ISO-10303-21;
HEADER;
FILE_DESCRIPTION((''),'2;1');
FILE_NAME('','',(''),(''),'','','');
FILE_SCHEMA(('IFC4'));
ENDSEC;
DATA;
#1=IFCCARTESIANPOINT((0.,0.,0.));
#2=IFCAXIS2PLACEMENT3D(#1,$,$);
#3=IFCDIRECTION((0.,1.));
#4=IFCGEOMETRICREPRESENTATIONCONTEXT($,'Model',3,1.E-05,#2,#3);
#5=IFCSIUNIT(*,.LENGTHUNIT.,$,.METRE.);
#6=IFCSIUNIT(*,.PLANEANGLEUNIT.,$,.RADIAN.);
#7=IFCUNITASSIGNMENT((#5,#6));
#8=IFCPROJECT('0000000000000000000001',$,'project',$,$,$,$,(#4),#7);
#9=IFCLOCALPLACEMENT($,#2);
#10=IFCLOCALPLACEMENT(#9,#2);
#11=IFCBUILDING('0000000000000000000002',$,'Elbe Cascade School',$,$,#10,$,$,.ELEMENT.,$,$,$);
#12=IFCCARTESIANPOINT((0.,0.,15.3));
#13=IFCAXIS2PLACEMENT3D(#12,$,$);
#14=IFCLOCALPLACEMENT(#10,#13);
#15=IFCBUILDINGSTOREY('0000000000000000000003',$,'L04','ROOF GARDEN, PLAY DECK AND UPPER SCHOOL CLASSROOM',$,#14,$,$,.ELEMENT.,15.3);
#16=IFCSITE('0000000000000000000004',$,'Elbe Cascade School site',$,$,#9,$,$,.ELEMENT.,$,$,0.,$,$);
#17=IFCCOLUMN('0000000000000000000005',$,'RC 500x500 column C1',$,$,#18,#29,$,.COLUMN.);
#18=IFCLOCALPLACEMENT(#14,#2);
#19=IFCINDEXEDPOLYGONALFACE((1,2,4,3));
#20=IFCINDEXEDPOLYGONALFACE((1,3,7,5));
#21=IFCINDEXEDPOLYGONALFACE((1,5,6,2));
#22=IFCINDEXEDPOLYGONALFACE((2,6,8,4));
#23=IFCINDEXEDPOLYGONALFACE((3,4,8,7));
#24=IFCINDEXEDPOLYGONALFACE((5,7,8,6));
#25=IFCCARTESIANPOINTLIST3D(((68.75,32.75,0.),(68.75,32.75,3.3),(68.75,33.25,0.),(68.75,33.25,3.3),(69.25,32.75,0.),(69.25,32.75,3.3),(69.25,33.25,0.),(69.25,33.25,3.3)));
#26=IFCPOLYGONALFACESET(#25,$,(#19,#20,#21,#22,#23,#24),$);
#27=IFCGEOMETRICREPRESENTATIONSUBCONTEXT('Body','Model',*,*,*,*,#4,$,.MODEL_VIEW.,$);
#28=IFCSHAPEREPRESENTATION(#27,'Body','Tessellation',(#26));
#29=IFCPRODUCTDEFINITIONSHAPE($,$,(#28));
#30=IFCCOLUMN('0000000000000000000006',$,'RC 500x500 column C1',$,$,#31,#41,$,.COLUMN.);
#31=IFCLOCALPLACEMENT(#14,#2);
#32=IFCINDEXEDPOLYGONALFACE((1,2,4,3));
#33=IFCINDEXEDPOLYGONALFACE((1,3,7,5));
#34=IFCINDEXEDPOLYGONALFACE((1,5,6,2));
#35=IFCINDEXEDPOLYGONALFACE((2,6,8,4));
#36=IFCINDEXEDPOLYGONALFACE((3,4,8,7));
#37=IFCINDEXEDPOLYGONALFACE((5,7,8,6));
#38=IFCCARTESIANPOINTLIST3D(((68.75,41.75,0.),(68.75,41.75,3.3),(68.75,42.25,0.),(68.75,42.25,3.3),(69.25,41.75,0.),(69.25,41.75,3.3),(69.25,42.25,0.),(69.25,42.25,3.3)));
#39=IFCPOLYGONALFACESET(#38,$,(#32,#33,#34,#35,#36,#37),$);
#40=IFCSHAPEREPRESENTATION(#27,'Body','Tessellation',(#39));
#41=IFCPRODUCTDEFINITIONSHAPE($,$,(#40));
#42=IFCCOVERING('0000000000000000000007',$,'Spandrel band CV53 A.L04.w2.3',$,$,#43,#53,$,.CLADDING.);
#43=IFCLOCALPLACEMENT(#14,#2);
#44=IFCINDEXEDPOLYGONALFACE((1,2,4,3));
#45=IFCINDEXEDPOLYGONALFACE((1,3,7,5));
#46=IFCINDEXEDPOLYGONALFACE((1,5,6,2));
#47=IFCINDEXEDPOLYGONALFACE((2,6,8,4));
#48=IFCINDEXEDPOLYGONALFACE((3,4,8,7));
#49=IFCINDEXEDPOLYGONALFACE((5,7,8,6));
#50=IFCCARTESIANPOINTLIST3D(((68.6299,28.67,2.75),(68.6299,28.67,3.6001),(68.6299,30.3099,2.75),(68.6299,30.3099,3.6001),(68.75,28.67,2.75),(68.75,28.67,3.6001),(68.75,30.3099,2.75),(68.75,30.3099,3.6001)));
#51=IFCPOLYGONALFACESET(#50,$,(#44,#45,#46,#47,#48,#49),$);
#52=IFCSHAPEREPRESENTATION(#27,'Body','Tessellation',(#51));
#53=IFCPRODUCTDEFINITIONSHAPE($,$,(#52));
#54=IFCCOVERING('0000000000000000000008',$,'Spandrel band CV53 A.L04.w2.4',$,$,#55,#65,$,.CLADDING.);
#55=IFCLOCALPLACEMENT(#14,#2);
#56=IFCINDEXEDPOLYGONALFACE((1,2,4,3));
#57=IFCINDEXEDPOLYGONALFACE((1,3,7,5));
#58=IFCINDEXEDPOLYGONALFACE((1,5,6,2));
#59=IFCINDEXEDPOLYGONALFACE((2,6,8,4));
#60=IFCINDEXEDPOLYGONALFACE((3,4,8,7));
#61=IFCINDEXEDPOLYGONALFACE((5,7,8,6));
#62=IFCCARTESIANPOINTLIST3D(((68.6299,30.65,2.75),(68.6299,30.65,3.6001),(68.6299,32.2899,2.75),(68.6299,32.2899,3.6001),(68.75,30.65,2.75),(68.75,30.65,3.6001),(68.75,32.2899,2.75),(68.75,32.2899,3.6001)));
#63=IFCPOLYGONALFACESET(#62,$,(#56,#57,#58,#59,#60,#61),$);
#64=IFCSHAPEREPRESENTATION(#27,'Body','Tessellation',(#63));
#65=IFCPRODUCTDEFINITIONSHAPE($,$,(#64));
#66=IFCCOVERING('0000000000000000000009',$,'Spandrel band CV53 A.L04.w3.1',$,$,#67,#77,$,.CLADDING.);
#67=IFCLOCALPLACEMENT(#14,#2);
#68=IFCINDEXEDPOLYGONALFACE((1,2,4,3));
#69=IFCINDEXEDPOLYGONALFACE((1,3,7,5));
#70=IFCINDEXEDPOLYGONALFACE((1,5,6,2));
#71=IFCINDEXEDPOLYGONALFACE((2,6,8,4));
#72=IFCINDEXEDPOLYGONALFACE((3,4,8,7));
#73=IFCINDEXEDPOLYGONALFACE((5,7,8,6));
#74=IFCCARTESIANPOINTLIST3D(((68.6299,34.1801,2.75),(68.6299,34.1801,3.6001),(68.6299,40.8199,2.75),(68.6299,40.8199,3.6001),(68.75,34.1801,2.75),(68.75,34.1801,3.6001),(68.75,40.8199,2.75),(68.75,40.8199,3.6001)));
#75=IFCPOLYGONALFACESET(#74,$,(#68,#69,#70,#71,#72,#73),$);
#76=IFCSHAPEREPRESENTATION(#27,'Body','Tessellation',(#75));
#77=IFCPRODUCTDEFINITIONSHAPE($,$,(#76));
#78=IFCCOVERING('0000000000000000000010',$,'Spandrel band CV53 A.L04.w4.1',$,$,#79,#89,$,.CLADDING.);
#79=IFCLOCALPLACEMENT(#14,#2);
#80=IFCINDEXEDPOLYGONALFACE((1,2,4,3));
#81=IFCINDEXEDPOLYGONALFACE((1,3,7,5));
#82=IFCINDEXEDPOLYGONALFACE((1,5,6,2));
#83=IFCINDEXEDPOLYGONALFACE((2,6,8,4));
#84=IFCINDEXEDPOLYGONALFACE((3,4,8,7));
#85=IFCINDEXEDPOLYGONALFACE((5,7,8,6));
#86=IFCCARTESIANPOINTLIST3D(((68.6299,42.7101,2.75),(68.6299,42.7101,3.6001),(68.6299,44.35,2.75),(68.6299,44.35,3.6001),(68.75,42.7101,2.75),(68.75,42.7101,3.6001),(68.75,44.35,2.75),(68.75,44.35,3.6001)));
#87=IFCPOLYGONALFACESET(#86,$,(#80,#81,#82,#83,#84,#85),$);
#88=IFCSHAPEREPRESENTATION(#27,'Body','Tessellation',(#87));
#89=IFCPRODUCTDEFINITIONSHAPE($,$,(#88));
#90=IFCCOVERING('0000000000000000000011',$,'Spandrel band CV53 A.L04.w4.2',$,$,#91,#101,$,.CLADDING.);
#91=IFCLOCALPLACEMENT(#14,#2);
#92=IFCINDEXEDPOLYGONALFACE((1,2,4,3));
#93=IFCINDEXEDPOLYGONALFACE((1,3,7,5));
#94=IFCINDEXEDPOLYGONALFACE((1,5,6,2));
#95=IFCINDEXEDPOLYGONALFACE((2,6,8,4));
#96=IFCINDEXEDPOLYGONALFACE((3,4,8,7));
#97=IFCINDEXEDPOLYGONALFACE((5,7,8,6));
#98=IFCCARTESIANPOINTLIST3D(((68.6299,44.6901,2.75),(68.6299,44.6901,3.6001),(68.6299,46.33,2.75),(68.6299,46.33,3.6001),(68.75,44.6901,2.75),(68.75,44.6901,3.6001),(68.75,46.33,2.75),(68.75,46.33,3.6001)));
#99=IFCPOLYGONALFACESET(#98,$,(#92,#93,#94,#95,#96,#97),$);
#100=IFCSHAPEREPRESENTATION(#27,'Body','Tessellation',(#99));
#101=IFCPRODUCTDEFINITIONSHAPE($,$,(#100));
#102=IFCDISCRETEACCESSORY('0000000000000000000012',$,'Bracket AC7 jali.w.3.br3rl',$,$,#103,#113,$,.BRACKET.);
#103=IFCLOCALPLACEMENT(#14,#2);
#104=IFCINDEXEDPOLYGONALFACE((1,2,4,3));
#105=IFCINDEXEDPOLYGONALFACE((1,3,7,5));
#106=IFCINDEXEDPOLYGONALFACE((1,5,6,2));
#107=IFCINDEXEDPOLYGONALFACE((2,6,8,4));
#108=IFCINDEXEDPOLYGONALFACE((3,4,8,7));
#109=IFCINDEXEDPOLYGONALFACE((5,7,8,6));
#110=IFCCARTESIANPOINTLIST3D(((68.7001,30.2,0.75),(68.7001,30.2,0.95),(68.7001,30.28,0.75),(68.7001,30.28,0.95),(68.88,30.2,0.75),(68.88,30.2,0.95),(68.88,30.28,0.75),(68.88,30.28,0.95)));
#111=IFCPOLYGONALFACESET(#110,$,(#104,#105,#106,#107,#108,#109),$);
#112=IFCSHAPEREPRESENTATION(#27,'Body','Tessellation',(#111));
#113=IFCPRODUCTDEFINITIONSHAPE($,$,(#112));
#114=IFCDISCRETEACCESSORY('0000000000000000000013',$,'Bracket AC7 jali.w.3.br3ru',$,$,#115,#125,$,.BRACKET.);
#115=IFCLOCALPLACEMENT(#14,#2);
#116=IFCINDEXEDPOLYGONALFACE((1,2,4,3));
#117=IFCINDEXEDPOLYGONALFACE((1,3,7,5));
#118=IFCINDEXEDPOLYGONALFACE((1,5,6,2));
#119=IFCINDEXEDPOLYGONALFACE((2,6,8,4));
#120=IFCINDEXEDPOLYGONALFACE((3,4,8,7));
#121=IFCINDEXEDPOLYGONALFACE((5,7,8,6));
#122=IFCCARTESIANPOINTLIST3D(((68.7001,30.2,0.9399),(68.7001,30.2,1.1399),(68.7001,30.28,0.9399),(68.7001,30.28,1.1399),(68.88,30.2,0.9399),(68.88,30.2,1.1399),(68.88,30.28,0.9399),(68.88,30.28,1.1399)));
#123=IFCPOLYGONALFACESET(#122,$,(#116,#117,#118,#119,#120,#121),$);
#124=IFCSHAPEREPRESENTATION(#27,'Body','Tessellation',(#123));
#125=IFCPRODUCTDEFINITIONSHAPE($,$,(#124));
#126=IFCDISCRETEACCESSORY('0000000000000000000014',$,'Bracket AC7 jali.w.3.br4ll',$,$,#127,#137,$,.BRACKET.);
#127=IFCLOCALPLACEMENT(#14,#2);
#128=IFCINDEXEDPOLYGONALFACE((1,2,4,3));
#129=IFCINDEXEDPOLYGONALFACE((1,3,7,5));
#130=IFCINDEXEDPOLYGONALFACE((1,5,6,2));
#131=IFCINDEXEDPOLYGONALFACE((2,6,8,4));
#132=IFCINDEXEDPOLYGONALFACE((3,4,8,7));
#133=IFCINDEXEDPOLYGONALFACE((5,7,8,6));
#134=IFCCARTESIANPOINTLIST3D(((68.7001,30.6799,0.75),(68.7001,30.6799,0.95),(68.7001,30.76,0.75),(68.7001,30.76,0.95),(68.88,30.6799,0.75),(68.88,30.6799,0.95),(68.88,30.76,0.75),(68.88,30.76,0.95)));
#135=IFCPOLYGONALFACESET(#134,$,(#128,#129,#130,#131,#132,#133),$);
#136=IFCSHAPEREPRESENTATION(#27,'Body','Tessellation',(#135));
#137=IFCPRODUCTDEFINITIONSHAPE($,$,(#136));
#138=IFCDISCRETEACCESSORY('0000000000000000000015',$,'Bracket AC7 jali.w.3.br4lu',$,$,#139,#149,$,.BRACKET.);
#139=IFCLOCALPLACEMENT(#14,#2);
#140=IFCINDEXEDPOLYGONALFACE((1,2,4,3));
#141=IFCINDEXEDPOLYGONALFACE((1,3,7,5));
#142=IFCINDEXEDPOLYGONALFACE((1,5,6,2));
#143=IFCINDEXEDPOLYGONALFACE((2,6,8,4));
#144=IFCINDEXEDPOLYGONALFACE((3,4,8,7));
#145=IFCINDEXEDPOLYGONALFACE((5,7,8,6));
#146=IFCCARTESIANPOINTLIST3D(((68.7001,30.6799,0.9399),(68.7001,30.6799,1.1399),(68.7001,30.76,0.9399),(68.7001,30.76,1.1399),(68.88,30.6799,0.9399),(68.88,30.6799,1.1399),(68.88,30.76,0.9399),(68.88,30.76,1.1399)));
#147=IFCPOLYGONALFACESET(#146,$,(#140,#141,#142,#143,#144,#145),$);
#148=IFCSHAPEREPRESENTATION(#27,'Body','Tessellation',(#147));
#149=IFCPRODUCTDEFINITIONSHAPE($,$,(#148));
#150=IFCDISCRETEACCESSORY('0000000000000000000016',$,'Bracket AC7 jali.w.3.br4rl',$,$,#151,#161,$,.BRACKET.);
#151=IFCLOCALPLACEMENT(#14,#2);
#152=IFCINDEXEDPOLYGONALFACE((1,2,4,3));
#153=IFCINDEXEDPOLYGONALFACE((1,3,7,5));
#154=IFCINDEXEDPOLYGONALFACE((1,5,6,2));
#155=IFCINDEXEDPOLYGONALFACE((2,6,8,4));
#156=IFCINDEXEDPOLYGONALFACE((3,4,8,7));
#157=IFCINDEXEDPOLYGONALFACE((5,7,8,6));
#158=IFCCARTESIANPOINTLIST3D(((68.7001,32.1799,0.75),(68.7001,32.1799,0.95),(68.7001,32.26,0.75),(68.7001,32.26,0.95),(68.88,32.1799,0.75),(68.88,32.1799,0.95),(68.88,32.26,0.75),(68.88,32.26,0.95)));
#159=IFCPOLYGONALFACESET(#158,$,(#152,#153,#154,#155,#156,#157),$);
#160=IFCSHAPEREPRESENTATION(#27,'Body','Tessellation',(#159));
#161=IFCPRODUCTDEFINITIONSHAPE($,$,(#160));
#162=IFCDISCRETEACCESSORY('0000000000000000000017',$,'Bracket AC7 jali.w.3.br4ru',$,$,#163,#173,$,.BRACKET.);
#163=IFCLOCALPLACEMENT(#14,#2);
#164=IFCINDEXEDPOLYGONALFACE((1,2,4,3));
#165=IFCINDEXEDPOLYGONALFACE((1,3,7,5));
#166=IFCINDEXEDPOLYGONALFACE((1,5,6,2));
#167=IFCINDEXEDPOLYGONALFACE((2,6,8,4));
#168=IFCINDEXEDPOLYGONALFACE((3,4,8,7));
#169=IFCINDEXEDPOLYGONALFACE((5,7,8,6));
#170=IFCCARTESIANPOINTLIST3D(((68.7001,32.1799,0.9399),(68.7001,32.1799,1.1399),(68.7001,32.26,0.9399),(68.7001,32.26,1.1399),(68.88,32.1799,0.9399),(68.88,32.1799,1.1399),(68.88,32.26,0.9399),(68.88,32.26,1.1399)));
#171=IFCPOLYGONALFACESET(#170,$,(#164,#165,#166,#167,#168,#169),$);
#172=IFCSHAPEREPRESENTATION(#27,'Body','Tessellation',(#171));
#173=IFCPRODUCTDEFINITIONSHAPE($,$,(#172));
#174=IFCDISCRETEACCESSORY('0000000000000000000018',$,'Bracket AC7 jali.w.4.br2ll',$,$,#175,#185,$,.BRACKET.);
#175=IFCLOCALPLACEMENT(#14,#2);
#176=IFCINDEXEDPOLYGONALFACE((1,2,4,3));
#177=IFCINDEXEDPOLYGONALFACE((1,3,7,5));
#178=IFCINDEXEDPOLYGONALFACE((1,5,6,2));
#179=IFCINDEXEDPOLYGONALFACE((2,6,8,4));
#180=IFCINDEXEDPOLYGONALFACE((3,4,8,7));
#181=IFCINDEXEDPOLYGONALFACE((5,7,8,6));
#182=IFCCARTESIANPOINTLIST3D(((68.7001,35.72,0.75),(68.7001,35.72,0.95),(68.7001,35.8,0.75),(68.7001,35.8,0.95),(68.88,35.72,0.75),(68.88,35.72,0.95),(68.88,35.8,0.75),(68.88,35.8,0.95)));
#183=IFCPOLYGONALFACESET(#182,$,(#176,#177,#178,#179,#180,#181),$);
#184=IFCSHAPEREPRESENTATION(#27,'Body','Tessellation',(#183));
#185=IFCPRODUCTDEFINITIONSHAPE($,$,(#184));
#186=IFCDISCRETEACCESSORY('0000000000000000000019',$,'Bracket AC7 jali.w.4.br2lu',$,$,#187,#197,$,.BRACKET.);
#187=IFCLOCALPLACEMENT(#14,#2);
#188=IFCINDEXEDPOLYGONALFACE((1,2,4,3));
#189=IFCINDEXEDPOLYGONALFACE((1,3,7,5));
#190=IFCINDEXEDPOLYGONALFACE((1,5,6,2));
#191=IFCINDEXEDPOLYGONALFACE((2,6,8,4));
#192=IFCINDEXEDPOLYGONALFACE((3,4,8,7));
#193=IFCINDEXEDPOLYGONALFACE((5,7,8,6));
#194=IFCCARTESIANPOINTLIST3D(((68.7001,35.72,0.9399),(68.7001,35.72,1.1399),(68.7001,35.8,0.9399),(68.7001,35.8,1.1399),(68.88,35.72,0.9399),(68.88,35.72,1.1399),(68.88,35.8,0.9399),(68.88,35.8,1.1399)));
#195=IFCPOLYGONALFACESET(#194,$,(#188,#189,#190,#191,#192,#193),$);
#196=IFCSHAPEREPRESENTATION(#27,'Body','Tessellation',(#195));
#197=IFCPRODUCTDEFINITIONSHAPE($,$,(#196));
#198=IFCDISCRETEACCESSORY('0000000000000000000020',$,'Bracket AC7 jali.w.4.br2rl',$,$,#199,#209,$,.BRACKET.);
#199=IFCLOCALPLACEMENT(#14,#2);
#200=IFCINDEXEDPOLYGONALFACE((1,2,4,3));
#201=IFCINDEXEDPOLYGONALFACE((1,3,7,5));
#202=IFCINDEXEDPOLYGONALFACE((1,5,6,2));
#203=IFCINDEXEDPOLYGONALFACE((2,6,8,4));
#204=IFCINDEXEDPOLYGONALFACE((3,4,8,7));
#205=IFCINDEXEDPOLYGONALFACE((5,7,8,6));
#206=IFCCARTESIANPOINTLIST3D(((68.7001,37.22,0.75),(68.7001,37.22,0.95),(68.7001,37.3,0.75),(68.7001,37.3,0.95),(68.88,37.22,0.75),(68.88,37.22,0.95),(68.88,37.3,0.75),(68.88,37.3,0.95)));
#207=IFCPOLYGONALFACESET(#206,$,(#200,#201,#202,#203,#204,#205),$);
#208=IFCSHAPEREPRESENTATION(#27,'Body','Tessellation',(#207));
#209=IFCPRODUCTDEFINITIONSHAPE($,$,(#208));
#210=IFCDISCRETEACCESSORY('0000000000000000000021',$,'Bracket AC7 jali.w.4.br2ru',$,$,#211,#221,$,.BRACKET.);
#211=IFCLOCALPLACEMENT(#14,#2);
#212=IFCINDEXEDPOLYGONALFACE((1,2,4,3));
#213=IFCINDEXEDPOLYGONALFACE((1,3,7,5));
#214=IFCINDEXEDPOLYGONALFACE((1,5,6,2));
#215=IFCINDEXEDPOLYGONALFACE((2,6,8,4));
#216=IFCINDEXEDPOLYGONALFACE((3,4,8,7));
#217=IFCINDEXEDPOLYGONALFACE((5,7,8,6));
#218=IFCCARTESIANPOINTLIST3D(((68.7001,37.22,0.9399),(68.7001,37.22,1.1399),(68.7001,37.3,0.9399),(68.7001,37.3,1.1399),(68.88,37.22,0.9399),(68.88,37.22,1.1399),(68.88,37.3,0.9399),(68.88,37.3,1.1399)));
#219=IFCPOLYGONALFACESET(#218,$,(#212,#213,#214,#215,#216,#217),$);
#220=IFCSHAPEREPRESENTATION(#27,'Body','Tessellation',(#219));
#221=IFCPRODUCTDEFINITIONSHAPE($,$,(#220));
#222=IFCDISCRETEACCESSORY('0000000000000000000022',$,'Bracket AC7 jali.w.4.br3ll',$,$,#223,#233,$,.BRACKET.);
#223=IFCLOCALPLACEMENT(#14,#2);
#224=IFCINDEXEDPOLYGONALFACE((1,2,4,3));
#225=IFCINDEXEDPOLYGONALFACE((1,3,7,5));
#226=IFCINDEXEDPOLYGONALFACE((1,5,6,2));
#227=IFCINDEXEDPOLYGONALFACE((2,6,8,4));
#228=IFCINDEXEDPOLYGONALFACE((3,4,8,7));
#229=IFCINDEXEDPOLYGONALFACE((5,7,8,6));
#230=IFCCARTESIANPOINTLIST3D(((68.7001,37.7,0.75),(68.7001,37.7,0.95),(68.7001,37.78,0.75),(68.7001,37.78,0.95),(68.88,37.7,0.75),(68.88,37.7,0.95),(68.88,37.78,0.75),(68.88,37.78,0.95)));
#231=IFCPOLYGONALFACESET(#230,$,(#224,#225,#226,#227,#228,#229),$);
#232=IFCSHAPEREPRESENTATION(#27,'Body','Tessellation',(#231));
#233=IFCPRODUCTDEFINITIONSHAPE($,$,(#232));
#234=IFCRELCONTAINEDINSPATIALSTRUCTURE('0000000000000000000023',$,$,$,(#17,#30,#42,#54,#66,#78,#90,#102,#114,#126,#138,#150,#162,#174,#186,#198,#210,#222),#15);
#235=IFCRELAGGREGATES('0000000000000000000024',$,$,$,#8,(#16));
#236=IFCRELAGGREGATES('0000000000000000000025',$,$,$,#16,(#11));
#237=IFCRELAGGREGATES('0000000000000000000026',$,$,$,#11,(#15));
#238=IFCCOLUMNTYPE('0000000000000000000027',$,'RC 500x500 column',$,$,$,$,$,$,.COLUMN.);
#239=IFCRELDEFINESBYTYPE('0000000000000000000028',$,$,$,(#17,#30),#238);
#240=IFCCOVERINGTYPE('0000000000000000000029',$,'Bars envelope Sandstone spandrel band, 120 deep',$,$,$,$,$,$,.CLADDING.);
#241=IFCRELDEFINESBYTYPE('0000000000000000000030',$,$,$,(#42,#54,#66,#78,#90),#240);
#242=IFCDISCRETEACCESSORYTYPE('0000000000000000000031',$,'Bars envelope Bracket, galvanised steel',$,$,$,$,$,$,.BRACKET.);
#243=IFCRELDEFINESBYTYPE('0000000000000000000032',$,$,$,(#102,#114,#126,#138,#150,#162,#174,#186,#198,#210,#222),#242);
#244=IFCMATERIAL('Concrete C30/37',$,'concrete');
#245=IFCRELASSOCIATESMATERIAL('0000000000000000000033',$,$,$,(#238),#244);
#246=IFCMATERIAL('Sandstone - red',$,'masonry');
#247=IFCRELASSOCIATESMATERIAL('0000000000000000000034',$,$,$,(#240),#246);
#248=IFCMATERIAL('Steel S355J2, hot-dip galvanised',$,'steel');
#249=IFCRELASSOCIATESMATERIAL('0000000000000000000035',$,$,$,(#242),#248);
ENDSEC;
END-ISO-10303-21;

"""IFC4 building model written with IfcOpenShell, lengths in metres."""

from ifc_helpers import new_model, si_unit, direction, frame, origin, origin_2d, place, context, subcontext, project, spatial, rectangle, extrude, material, material_profile, profile_set, type_object, element, save


model = new_model("IFC4")

# Units and contexts
model_context = context("Model", 3, precision=1e-05, world=origin(), true_north=direction((0.0, 1.0)))
body_context = subcontext(model_context, "Body", "Model", "MODEL_VIEW")
ifc_project = project(units=[si_unit("LENGTHUNIT", "METRE"), si_unit("PLANEANGLEUNIT", "RADIAN")], contexts=[model_context])

# Site, building, storey
site_placement = place(None, origin())
site = spatial("IfcSite", under=ifc_project, at=site_placement, Name="Elbe Cascade School site", CompositionType="ELEMENT", RefElevation=0.0)
building_placement = place(site_placement, origin())
building = spatial("IfcBuilding", under=site, at=building_placement, Name="Elbe Cascade School", CompositionType="ELEMENT")
storey_placement = place(building_placement, frame((0.0, 0.0, 15.3)))
storey = spatial("IfcBuildingStorey", under=building, at=storey_placement, Name="L04", Description="ROOF GARDEN, PLAY DECK AND UPPER SCHOOL CLASSROOM", CompositionType="ELEMENT", Elevation=15.3)

# Columns
ifc_material_1 = material(Name="Concrete C30/37", Category="concrete")
ifc_material_profile = material_profile(ifc_material_1, rectangle(XDim=0.5, YDim=0.5, at=origin_2d()), Name="RC 500x500")
ifc_profile_set = profile_set([ifc_material_profile], Name="Concrete C30/37")
column_type = type_object("IfcColumnType", Name="RC 500x500 column", PredefinedType="COLUMN", material=ifc_profile_set)
for number, where, z_axis, x_axis, name in (
    (1, (69.0, 33.0, 0.0), (0.0, 0.0, 1.0), (1.0, 0.0, 0.0), "RC 500x500 column C1"),
    (2, (69.0, 42.0, 0.0), (0.0, 0.0, 1.0), (1.0, 0.0, 0.0), "RC 500x500 column C1"),
):
    element("IfcColumn", number, at=place(storey_placement, frame(where, z_axis=z_axis, x_axis=x_axis)), inside=storey, type_object=column_type, Name=name, PredefinedType="COLUMN", context=body_context, shape_type="SweptSolid", body=[
        extrude(rectangle(XDim=0.5, YDim=0.5, at=origin_2d()), origin(), (0.0, 0.0, 1.0), 3.3),
    ])

# Coverings
ifc_material_2 = material(Name="Sandstone - red", Category="masonry")
covering_type = type_object("IfcCoveringType", Name="Bars envelope Sandstone spandrel band, 120 deep", PredefinedType="CLADDING", material=ifc_material_2)
for number, where, z_axis, x_axis, name in (
    (3, (68.6899, 29.49, 2.75), (0.0, 0.0, 1.0), (0.0, 1.0, 0.0), "Spandrel band CV53 A.L04.w2.3"),
    (4, (68.6899, 31.47, 2.75), (0.0, 0.0, 1.0), (0.0, 1.0, 0.0), "Spandrel band CV53 A.L04.w2.4"),
):
    element("IfcCovering", number, at=place(storey_placement, frame(where, z_axis=z_axis, x_axis=x_axis)), inside=storey, type_object=covering_type, Name=name, PredefinedType="CLADDING", context=body_context, shape_type="SweptSolid", body=[
        extrude(rectangle(XDim=1.6399, YDim=0.1201, at=origin_2d()), origin(), (0.0, 0.0, 1.0), 0.8501),
    ])
covering_placement = place(storey_placement, frame((68.6899, 37.5, 2.75), z_axis=(0.0, 0.0, 1.0), x_axis=(0.0, 1.0, 0.0)))
element("IfcCovering", 5, at=covering_placement, inside=storey, type_object=covering_type, Name="Spandrel band CV53 A.L04.w3.1", PredefinedType="CLADDING", context=body_context, shape_type="SweptSolid", body=[
    extrude(rectangle(XDim=6.6399, YDim=0.1201, at=origin_2d()), origin(), (0.0, 0.0, 1.0), 0.8501),
])
for number, where, z_axis, x_axis, name in (
    (6, (68.6899, 43.53, 2.75), (0.0, 0.0, 1.0), (0.0, 1.0, 0.0), "Spandrel band CV53 A.L04.w4.1"),
    (7, (68.6899, 45.51, 2.75), (0.0, 0.0, 1.0), (0.0, 1.0, 0.0), "Spandrel band CV53 A.L04.w4.2"),
):
    element("IfcCovering", number, at=place(storey_placement, frame(where, z_axis=z_axis, x_axis=x_axis)), inside=storey, type_object=covering_type, Name=name, PredefinedType="CLADDING", context=body_context, shape_type="SweptSolid", body=[
        extrude(rectangle(XDim=1.6399, YDim=0.1201, at=origin_2d()), origin(), (0.0, 0.0, 1.0), 0.8501),
    ])

# Discrete accessories
ifc_material_3 = material(Name="Steel S355J2, hot-dip galvanised", Category="steel")
discrete_accessory_type = type_object("IfcDiscreteAccessoryType", Name="Bars envelope Bracket, galvanised steel", PredefinedType="BRACKET", material=ifc_material_3)
for number, where, z_axis, x_axis, name in (
    (8, (68.79, 30.24, 0.75), (0.0, 0.0, 1.0), (0.0, 1.0, 0.0), "Bracket AC7 jali.w.3.br3rl"),
    (9, (68.79, 30.24, 0.9399), (0.0, 0.0, 1.0), (0.0, 1.0, 0.0), "Bracket AC7 jali.w.3.br3ru"),
    (10, (68.79, 30.72, 0.75), (0.0, 0.0, 1.0), (0.0, 1.0, 0.0), "Bracket AC7 jali.w.3.br4ll"),
    (11, (68.79, 30.72, 0.9399), (0.0, 0.0, 1.0), (0.0, 1.0, 0.0), "Bracket AC7 jali.w.3.br4lu"),
    (12, (68.79, 32.22, 0.75), (0.0, 0.0, 1.0), (0.0, 1.0, 0.0), "Bracket AC7 jali.w.3.br4rl"),
    (13, (68.79, 32.22, 0.9399), (0.0, 0.0, 1.0), (0.0, 1.0, 0.0), "Bracket AC7 jali.w.3.br4ru"),
    (14, (68.79, 35.76, 0.75), (0.0, 0.0, 1.0), (0.0, 1.0, 0.0), "Bracket AC7 jali.w.4.br2ll"),
    (15, (68.79, 35.76, 0.9399), (0.0, 0.0, 1.0), (0.0, 1.0, 0.0), "Bracket AC7 jali.w.4.br2lu"),
    (16, (68.79, 37.26, 0.75), (0.0, 0.0, 1.0), (0.0, 1.0, 0.0), "Bracket AC7 jali.w.4.br2rl"),
    (17, (68.79, 37.26, 0.9399), (0.0, 0.0, 1.0), (0.0, 1.0, 0.0), "Bracket AC7 jali.w.4.br2ru"),
    (18, (68.79, 37.74, 0.75), (0.0, 0.0, 1.0), (0.0, 1.0, 0.0), "Bracket AC7 jali.w.4.br3ll"),
):
    element("IfcDiscreteAccessory", number, at=place(storey_placement, frame(where, z_axis=z_axis, x_axis=x_axis)), inside=storey, type_object=discrete_accessory_type, Name=name, PredefinedType="BRACKET", context=body_context, shape_type="SweptSolid", body=[
        extrude(rectangle(XDim=0.0801, YDim=0.1799, at=origin_2d()), origin(), (0.0, 0.0, 1.0), 0.2),
    ])

save(model, "model.ifc")
